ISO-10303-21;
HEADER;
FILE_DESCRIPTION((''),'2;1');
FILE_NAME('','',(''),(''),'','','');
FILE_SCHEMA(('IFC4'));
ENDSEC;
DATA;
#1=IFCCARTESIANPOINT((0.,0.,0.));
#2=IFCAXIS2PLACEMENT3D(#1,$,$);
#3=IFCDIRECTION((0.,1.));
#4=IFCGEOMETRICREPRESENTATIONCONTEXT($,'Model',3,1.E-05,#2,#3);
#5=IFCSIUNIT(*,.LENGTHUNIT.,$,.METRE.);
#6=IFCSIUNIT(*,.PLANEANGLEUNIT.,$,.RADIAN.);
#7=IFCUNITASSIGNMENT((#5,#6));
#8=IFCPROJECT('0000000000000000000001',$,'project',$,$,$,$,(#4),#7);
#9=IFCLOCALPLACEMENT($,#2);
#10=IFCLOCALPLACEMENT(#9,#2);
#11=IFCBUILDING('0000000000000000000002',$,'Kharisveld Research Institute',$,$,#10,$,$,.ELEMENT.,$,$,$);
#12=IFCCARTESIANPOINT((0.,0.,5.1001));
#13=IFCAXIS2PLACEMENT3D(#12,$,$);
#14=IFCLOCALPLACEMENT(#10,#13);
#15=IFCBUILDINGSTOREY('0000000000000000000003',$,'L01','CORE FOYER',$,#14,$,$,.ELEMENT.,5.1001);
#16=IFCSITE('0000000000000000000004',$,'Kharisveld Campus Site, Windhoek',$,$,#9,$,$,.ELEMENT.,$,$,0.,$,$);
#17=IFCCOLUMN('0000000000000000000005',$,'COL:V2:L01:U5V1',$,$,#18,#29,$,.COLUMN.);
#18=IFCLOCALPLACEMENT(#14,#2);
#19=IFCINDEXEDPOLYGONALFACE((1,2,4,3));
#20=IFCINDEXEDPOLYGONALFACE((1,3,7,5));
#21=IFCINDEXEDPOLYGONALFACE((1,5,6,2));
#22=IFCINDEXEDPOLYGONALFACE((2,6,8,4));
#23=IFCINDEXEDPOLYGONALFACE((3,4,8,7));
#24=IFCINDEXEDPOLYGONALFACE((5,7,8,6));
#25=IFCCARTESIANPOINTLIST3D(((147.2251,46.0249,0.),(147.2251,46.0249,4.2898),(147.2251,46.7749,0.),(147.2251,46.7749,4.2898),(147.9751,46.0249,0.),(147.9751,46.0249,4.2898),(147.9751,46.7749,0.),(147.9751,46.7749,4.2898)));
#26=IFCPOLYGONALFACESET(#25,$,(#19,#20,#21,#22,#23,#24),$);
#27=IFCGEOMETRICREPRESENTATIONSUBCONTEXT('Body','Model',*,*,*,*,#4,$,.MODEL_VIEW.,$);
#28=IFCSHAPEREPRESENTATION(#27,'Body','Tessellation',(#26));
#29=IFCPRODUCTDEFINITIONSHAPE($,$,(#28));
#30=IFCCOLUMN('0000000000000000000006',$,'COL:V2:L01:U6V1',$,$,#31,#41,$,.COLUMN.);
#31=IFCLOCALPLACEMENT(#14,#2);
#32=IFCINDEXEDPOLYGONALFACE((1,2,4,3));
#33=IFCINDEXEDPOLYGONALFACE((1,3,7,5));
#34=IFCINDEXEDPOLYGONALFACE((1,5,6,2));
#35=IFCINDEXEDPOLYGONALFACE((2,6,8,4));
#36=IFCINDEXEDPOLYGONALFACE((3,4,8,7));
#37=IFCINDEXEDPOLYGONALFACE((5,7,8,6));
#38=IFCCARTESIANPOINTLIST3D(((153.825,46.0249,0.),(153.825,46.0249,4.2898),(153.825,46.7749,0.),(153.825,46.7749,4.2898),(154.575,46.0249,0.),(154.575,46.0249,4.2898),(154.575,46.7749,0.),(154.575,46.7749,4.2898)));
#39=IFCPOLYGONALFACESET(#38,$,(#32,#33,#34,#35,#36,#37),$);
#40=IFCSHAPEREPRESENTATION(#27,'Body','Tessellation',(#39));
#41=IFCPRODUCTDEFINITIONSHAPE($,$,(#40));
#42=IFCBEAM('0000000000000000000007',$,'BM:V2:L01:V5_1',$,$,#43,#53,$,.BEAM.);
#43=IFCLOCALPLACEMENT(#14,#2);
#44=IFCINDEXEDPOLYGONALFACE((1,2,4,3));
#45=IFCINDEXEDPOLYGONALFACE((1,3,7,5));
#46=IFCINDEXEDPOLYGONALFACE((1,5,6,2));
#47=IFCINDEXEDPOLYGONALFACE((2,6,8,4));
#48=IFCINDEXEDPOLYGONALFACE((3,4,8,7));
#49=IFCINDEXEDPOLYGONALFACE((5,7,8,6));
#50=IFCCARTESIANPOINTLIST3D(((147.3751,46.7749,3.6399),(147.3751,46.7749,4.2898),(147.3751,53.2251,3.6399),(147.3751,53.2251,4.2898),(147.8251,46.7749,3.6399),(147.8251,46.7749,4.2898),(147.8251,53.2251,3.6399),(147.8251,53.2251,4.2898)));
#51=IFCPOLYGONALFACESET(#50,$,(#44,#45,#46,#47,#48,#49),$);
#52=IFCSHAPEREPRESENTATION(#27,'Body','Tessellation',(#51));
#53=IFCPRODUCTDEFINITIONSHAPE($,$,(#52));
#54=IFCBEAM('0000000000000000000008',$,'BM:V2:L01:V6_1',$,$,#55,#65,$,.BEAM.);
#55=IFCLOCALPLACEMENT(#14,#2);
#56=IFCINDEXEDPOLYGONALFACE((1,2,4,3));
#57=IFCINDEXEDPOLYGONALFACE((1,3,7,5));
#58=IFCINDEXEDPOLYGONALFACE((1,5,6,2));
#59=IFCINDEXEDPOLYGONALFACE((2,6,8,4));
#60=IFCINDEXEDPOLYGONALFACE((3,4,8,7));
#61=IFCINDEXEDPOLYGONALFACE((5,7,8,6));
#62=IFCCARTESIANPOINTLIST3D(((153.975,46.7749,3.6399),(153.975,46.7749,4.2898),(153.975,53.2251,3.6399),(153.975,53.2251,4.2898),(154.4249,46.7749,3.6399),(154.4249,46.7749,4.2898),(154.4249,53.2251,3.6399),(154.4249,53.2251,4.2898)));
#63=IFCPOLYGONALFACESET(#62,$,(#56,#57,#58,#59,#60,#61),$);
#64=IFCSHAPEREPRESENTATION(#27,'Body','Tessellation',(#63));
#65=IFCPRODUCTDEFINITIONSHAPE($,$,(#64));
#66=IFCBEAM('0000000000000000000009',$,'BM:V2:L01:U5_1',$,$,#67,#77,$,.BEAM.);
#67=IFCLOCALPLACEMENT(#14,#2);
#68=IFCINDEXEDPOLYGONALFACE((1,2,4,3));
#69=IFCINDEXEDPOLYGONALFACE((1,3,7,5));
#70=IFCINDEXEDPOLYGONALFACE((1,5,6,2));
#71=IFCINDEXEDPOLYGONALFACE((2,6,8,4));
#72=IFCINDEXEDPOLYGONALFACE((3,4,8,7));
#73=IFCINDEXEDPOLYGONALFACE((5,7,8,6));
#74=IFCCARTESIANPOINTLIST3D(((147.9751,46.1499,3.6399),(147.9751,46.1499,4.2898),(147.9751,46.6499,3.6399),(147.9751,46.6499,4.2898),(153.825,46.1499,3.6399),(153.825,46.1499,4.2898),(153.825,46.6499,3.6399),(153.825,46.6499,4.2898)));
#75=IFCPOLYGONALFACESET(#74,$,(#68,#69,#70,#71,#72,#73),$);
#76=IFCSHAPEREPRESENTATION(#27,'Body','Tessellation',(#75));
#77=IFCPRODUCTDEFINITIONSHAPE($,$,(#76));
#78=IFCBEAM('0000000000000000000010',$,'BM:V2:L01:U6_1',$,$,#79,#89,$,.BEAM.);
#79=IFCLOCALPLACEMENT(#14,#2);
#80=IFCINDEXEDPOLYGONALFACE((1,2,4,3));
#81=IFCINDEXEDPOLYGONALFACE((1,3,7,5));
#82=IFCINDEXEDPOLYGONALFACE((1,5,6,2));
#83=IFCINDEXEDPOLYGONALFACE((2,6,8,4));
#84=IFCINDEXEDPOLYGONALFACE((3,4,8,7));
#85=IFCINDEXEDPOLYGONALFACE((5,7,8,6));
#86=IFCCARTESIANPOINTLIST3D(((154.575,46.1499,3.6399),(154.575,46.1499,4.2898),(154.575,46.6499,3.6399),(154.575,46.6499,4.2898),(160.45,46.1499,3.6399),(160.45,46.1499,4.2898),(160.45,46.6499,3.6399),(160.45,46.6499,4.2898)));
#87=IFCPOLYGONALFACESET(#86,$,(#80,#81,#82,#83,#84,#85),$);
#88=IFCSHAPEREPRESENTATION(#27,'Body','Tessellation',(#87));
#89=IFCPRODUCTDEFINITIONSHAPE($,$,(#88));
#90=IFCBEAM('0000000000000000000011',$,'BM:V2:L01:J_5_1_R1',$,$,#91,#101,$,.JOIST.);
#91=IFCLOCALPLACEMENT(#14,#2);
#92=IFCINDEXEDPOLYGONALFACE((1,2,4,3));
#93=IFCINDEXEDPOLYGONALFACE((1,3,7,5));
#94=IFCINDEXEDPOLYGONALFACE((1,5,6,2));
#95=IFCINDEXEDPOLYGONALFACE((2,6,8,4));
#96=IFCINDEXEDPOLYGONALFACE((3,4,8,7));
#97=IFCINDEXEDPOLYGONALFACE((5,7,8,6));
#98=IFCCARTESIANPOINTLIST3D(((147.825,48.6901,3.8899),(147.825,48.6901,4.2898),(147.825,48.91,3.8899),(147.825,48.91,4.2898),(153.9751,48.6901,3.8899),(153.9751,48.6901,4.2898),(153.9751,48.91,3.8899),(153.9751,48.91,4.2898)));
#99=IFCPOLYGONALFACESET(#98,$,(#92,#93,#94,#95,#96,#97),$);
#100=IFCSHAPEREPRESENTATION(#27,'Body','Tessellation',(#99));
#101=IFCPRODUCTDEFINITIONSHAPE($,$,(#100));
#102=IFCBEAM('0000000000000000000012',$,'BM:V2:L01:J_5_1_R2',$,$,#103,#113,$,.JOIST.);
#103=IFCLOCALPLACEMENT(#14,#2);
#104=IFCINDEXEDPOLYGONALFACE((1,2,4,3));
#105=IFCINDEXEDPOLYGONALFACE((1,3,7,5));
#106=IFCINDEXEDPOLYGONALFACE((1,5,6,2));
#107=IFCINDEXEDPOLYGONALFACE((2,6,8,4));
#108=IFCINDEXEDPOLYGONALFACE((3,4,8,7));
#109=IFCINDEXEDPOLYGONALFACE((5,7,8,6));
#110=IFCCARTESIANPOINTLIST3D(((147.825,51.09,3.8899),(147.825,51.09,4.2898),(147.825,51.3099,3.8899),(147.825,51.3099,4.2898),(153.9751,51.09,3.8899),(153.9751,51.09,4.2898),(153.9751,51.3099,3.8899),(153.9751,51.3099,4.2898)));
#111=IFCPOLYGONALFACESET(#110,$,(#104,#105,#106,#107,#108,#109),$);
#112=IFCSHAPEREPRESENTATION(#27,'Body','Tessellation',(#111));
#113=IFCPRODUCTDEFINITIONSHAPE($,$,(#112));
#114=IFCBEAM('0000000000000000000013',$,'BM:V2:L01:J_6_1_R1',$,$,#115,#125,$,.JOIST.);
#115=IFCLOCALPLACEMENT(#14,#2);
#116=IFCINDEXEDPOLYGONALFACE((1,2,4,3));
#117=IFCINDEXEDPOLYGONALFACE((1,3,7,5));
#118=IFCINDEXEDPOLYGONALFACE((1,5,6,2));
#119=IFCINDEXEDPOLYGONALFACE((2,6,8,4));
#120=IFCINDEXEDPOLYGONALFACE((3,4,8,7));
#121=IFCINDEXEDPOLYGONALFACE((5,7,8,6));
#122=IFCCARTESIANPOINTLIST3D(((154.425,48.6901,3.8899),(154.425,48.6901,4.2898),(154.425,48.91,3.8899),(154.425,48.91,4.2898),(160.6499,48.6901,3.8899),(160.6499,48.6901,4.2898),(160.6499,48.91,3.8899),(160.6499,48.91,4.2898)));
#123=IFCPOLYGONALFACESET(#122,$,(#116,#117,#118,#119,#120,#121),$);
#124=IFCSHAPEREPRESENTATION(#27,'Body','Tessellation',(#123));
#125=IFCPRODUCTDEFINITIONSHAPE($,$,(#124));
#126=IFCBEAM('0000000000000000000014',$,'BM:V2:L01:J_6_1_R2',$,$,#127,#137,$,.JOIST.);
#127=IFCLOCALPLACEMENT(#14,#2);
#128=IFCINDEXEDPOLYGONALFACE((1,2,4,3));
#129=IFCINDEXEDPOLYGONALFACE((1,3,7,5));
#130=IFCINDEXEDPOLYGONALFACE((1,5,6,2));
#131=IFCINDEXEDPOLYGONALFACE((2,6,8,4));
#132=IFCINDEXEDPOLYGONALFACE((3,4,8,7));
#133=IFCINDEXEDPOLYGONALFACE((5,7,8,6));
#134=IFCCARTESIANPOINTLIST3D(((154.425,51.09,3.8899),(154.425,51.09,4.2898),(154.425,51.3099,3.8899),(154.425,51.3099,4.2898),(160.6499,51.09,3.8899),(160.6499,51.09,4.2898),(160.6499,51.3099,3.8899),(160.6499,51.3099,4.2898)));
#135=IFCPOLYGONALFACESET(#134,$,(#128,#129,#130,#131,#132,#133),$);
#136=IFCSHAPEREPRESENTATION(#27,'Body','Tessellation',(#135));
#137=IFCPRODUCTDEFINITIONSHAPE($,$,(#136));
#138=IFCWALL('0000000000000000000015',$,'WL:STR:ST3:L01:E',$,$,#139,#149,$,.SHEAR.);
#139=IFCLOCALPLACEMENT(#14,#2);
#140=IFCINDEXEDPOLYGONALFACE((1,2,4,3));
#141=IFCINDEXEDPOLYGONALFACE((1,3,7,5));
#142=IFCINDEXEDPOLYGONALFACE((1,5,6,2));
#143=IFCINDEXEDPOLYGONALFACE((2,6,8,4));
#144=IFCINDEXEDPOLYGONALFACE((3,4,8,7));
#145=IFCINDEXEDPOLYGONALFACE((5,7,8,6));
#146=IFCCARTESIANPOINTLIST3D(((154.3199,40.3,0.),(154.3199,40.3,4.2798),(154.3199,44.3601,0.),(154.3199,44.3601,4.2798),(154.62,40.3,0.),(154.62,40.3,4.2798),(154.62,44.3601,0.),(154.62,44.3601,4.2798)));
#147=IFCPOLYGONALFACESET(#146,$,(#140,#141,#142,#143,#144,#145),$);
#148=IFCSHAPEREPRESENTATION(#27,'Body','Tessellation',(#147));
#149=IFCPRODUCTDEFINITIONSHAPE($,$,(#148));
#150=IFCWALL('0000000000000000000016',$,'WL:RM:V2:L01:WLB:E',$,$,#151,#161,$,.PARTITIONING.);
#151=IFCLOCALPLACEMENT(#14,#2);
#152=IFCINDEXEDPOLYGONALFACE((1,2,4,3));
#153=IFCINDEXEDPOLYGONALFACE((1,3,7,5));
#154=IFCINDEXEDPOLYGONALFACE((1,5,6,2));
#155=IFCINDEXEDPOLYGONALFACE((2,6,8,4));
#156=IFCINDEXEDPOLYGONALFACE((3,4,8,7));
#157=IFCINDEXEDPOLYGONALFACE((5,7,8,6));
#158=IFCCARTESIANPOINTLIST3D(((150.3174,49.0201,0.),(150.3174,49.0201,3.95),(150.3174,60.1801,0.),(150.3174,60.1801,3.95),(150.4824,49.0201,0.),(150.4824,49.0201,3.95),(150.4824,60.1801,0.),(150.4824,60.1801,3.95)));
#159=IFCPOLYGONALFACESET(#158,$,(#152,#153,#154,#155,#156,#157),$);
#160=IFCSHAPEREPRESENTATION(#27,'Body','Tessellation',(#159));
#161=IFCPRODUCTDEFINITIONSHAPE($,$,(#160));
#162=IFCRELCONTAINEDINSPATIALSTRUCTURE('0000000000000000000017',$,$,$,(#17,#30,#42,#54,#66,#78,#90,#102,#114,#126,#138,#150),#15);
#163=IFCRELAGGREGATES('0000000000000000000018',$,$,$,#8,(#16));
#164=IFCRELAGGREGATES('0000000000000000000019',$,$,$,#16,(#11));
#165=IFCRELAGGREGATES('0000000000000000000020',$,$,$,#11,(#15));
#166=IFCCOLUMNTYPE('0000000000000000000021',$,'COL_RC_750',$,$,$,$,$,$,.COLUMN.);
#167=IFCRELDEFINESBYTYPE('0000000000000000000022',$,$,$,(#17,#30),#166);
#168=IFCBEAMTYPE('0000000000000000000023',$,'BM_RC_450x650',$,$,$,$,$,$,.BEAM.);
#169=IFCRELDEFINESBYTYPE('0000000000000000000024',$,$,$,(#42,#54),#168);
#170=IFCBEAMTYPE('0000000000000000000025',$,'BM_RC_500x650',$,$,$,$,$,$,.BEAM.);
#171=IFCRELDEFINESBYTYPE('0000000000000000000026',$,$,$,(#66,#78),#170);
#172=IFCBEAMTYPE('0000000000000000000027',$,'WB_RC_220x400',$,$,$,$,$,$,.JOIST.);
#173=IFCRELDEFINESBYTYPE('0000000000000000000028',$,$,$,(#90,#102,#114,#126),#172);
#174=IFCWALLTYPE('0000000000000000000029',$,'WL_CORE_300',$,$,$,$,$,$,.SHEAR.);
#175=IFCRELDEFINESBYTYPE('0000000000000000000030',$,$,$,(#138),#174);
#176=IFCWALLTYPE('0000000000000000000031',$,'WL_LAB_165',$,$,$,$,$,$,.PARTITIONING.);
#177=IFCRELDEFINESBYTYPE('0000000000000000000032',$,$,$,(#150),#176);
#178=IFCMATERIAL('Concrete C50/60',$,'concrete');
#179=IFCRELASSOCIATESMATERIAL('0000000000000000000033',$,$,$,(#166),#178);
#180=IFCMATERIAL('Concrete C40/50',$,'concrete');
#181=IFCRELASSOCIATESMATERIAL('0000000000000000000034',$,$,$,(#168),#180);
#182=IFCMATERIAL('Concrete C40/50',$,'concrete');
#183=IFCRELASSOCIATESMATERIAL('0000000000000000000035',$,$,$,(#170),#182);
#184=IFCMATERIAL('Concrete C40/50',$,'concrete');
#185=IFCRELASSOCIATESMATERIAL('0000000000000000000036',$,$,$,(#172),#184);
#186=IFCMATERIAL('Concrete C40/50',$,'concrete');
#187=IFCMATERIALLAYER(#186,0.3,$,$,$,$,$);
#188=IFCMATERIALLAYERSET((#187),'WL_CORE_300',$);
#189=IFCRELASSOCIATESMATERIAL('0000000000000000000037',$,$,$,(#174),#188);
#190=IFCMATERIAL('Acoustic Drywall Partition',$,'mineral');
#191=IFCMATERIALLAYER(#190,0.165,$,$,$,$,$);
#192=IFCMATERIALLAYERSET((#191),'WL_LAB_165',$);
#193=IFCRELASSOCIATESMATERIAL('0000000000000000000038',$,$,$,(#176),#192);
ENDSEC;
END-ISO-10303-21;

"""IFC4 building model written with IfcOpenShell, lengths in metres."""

from ifc_helpers import new_model, si_unit, direction, frame, frame_2d, origin, origin_2d, place, context, subcontext, project, spatial, rectangle, extrude, material, layer, layer_set, material_profile, profile_set, type_object, element, save


model = new_model("IFC4")

# Units and contexts
model_context = context("Model", 3, precision=1e-05, world=origin(), true_north=direction((0.0, 1.0)))
body_context = subcontext(model_context, "Body", "Model", "MODEL_VIEW")
ifc_project = project(units=[si_unit("LENGTHUNIT", "METRE"), si_unit("PLANEANGLEUNIT", "RADIAN")], contexts=[model_context])

# Site, building, storey
site_placement = place(None, origin())
site = spatial("IfcSite", under=ifc_project, at=site_placement, Name="Kharisveld Campus Site, Windhoek", CompositionType="ELEMENT", RefElevation=0.0)
building_placement = place(site_placement, origin())
building = spatial("IfcBuilding", under=site, at=building_placement, Name="Kharisveld Research Institute", CompositionType="ELEMENT")
storey_placement = place(building_placement, frame((0.0, 0.0, 5.1001)))
storey = spatial("IfcBuildingStorey", under=building, at=storey_placement, Name="L01", Description="CORE FOYER", CompositionType="ELEMENT", Elevation=5.1001)

# Columns
ifc_material_1 = material(Name="Concrete C50/60", Category="concrete")
ifc_material_profile_1 = material_profile(ifc_material_1, rectangle(XDim=0.75, YDim=0.75, at=origin_2d()))
ifc_profile_set_1 = profile_set([ifc_material_profile_1], Name="Concrete C50/60")
column_type = type_object("IfcColumnType", Name="COL_RC_750", PredefinedType="COLUMN", material=ifc_profile_set_1)
for number, where, z_axis, x_axis, name in (
    (1, (147.6001, 46.3999, 0.0), (0.0, 0.0, 1.0), (1.0, 0.0, 0.0), "COL:V2:L01:U5V1"),
    (2, (154.2, 46.3999, 0.0), (0.0, 0.0, 1.0), (1.0, 0.0, 0.0), "COL:V2:L01:U6V1"),
):
    element("IfcColumn", number, at=place(storey_placement, frame(where, z_axis=z_axis, x_axis=x_axis)), inside=storey, type_object=column_type, Name=name, PredefinedType="COLUMN", context=body_context, shape_type="SweptSolid", body=[
        extrude(rectangle(XDim=0.75, YDim=0.75, at=origin_2d()), origin(), (0.0, 0.0, 1.0), 4.2898),
    ])

# Beams
ifc_material_2 = material(Name="Concrete C40/50", Category="concrete")
ifc_material_profile_2 = material_profile(ifc_material_2, rectangle(XDim=0.45, YDim=0.6499, at=origin_2d()))
ifc_profile_set_2 = profile_set([ifc_material_profile_2], Name="Concrete C40/50")
beam_type_1 = type_object("IfcBeamType", Name="BM_RC_450x650", PredefinedType="BEAM", material=ifc_profile_set_2)
for number, where, z_axis, x_axis, name in (
    (3, (147.6001, 46.7749, 3.9648), (0.0, 1.0, 0.0), (-1.0, 0.0, 0.0), "BM:V2:L01:V5_1"),
    (4, (154.2, 46.7749, 3.9648), (0.0, 1.0, 0.0), (-1.0, 0.0, 0.0), "BM:V2:L01:V6_1"),
):
    element("IfcBeam", number, at=place(storey_placement, frame(where, z_axis=z_axis, x_axis=x_axis)), inside=storey, type_object=beam_type_1, Name=name, PredefinedType="BEAM", context=body_context, shape_type="SweptSolid", body=[
        extrude(rectangle(XDim=0.45, YDim=0.6499, at=origin_2d()), origin(), (0.0, 0.0, 1.0), 6.4502),
    ])
ifc_material_3 = material(Name="Concrete C40/50", Category="concrete")
ifc_material_profile_3 = material_profile(ifc_material_3, rectangle(XDim=0.5, YDim=0.6499, at=origin_2d()))
ifc_profile_set_3 = profile_set([ifc_material_profile_3], Name="Concrete C40/50")
beam_type_2 = type_object("IfcBeamType", Name="BM_RC_500x650", PredefinedType="BEAM", material=ifc_profile_set_3)
beam_1_placement = place(storey_placement, frame((147.9751, 46.3999, 3.9648), z_axis=(1.0, 0.0, 0.0), x_axis=(0.0, 1.0, 0.0)))
element("IfcBeam", 5, at=beam_1_placement, inside=storey, type_object=beam_type_2, Name="BM:V2:L01:U5_1", PredefinedType="BEAM", context=body_context, shape_type="SweptSolid", body=[
    extrude(rectangle(XDim=0.5, YDim=0.6499, at=origin_2d()), origin(), (0.0, 0.0, 1.0), 5.8499),
])
beam_2_placement = place(storey_placement, frame((154.575, 46.3999, 3.9648), z_axis=(1.0, 0.0, 0.0), x_axis=(0.0, 1.0, 0.0)))
element("IfcBeam", 6, at=beam_2_placement, inside=storey, type_object=beam_type_2, Name="BM:V2:L01:U6_1", PredefinedType="BEAM", context=body_context, shape_type="SweptSolid", body=[
    extrude(rectangle(XDim=0.5, YDim=0.6499, at=origin_2d()), origin(), (0.0, 0.0, 1.0), 5.875),
])
ifc_material_4 = material(Name="Concrete C40/50", Category="concrete")
ifc_material_profile_4 = material_profile(ifc_material_4, rectangle(XDim=0.22, YDim=0.3999, at=origin_2d()))
ifc_profile_set_4 = profile_set([ifc_material_profile_4], Name="Concrete C40/50")
beam_type_3 = type_object("IfcBeamType", Name="WB_RC_220x400", PredefinedType="JOIST", material=ifc_profile_set_4)
for number, where, z_axis, x_axis, name in (
    (7, (147.825, 48.8, 4.0898), (1.0, 0.0, 0.0), (0.0, 1.0, 0.0), "BM:V2:L01:J_5_1_R1"),
    (8, (147.825, 51.2, 4.0898), (1.0, 0.0, 0.0), (0.0, 1.0, 0.0), "BM:V2:L01:J_5_1_R2"),
):
    element("IfcBeam", number, at=place(storey_placement, frame(where, z_axis=z_axis, x_axis=x_axis)), inside=storey, type_object=beam_type_3, Name=name, PredefinedType="JOIST", context=body_context, shape_type="SweptSolid", body=[
        extrude(rectangle(XDim=0.22, YDim=0.3999, at=origin_2d()), origin(), (0.0, 0.0, 1.0), 6.1501),
    ])
for number, where, z_axis, x_axis, name in (
    (9, (154.425, 48.8, 4.0898), (1.0, 0.0, 0.0), (0.0, 1.0, 0.0), "BM:V2:L01:J_6_1_R1"),
    (10, (154.425, 51.2, 4.0898), (1.0, 0.0, 0.0), (0.0, 1.0, 0.0), "BM:V2:L01:J_6_1_R2"),
):
    element("IfcBeam", number, at=place(storey_placement, frame(where, z_axis=z_axis, x_axis=x_axis)), inside=storey, type_object=beam_type_3, Name=name, PredefinedType="JOIST", context=body_context, shape_type="SweptSolid", body=[
        extrude(rectangle(XDim=0.22, YDim=0.3999, at=origin_2d()), origin(), (0.0, 0.0, 1.0), 6.2249),
    ])

# Shared definitions
ifc_material_5 = material(Name="Concrete C40/50", Category="concrete")
ifc_layer_1 = layer(ifc_material_5, 0.3)
ifc_layer_set_1 = layer_set([ifc_layer_1], Name="WL_CORE_300")
wall_type_1 = type_object("IfcWallType", Name="WL_CORE_300", PredefinedType="SHEAR", material=ifc_layer_set_1)

# Walls
wall_1_placement = place(storey_placement, frame((154.47, 44.3601, 0.0), z_axis=(0.0, 0.0, 1.0), x_axis=(0.0, -1.0, 0.0)))
element("IfcWall", 11, at=wall_1_placement, inside=storey, type_object=wall_type_1, Name="WL:STR:ST3:L01:E", PredefinedType="SHEAR", context=body_context, shape_type="SweptSolid", body=[
    extrude(rectangle(XDim=4.0601, YDim=0.3, at=frame_2d((2.03, 0.0))), origin(), (0.0, 0.0, 1.0), 4.2798),
])
ifc_material_6 = material(Name="Acoustic Drywall Partition", Category="mineral")
ifc_layer_2 = layer(ifc_material_6, 0.165)
ifc_layer_set_2 = layer_set([ifc_layer_2], Name="WL_LAB_165")
wall_type_2 = type_object("IfcWallType", Name="WL_LAB_165", PredefinedType="PARTITIONING", material=ifc_layer_set_2)
wall_2_placement = place(storey_placement, frame((150.3999, 49.02, 0.0), z_axis=(0.0, 0.0, 1.0), x_axis=(0.0, 1.0, 0.0)))
element("IfcWall", 12, at=wall_2_placement, inside=storey, type_object=wall_type_2, Name="WL:RM:V2:L01:WLB:E", PredefinedType="PARTITIONING", context=body_context, shape_type="SweptSolid", body=[
    extrude(rectangle(XDim=11.1599, YDim=0.165, at=frame_2d((5.5801, 0.0))), origin(), (0.0, 0.0, 1.0), 3.95),
])

save(model, "model.ifc")
